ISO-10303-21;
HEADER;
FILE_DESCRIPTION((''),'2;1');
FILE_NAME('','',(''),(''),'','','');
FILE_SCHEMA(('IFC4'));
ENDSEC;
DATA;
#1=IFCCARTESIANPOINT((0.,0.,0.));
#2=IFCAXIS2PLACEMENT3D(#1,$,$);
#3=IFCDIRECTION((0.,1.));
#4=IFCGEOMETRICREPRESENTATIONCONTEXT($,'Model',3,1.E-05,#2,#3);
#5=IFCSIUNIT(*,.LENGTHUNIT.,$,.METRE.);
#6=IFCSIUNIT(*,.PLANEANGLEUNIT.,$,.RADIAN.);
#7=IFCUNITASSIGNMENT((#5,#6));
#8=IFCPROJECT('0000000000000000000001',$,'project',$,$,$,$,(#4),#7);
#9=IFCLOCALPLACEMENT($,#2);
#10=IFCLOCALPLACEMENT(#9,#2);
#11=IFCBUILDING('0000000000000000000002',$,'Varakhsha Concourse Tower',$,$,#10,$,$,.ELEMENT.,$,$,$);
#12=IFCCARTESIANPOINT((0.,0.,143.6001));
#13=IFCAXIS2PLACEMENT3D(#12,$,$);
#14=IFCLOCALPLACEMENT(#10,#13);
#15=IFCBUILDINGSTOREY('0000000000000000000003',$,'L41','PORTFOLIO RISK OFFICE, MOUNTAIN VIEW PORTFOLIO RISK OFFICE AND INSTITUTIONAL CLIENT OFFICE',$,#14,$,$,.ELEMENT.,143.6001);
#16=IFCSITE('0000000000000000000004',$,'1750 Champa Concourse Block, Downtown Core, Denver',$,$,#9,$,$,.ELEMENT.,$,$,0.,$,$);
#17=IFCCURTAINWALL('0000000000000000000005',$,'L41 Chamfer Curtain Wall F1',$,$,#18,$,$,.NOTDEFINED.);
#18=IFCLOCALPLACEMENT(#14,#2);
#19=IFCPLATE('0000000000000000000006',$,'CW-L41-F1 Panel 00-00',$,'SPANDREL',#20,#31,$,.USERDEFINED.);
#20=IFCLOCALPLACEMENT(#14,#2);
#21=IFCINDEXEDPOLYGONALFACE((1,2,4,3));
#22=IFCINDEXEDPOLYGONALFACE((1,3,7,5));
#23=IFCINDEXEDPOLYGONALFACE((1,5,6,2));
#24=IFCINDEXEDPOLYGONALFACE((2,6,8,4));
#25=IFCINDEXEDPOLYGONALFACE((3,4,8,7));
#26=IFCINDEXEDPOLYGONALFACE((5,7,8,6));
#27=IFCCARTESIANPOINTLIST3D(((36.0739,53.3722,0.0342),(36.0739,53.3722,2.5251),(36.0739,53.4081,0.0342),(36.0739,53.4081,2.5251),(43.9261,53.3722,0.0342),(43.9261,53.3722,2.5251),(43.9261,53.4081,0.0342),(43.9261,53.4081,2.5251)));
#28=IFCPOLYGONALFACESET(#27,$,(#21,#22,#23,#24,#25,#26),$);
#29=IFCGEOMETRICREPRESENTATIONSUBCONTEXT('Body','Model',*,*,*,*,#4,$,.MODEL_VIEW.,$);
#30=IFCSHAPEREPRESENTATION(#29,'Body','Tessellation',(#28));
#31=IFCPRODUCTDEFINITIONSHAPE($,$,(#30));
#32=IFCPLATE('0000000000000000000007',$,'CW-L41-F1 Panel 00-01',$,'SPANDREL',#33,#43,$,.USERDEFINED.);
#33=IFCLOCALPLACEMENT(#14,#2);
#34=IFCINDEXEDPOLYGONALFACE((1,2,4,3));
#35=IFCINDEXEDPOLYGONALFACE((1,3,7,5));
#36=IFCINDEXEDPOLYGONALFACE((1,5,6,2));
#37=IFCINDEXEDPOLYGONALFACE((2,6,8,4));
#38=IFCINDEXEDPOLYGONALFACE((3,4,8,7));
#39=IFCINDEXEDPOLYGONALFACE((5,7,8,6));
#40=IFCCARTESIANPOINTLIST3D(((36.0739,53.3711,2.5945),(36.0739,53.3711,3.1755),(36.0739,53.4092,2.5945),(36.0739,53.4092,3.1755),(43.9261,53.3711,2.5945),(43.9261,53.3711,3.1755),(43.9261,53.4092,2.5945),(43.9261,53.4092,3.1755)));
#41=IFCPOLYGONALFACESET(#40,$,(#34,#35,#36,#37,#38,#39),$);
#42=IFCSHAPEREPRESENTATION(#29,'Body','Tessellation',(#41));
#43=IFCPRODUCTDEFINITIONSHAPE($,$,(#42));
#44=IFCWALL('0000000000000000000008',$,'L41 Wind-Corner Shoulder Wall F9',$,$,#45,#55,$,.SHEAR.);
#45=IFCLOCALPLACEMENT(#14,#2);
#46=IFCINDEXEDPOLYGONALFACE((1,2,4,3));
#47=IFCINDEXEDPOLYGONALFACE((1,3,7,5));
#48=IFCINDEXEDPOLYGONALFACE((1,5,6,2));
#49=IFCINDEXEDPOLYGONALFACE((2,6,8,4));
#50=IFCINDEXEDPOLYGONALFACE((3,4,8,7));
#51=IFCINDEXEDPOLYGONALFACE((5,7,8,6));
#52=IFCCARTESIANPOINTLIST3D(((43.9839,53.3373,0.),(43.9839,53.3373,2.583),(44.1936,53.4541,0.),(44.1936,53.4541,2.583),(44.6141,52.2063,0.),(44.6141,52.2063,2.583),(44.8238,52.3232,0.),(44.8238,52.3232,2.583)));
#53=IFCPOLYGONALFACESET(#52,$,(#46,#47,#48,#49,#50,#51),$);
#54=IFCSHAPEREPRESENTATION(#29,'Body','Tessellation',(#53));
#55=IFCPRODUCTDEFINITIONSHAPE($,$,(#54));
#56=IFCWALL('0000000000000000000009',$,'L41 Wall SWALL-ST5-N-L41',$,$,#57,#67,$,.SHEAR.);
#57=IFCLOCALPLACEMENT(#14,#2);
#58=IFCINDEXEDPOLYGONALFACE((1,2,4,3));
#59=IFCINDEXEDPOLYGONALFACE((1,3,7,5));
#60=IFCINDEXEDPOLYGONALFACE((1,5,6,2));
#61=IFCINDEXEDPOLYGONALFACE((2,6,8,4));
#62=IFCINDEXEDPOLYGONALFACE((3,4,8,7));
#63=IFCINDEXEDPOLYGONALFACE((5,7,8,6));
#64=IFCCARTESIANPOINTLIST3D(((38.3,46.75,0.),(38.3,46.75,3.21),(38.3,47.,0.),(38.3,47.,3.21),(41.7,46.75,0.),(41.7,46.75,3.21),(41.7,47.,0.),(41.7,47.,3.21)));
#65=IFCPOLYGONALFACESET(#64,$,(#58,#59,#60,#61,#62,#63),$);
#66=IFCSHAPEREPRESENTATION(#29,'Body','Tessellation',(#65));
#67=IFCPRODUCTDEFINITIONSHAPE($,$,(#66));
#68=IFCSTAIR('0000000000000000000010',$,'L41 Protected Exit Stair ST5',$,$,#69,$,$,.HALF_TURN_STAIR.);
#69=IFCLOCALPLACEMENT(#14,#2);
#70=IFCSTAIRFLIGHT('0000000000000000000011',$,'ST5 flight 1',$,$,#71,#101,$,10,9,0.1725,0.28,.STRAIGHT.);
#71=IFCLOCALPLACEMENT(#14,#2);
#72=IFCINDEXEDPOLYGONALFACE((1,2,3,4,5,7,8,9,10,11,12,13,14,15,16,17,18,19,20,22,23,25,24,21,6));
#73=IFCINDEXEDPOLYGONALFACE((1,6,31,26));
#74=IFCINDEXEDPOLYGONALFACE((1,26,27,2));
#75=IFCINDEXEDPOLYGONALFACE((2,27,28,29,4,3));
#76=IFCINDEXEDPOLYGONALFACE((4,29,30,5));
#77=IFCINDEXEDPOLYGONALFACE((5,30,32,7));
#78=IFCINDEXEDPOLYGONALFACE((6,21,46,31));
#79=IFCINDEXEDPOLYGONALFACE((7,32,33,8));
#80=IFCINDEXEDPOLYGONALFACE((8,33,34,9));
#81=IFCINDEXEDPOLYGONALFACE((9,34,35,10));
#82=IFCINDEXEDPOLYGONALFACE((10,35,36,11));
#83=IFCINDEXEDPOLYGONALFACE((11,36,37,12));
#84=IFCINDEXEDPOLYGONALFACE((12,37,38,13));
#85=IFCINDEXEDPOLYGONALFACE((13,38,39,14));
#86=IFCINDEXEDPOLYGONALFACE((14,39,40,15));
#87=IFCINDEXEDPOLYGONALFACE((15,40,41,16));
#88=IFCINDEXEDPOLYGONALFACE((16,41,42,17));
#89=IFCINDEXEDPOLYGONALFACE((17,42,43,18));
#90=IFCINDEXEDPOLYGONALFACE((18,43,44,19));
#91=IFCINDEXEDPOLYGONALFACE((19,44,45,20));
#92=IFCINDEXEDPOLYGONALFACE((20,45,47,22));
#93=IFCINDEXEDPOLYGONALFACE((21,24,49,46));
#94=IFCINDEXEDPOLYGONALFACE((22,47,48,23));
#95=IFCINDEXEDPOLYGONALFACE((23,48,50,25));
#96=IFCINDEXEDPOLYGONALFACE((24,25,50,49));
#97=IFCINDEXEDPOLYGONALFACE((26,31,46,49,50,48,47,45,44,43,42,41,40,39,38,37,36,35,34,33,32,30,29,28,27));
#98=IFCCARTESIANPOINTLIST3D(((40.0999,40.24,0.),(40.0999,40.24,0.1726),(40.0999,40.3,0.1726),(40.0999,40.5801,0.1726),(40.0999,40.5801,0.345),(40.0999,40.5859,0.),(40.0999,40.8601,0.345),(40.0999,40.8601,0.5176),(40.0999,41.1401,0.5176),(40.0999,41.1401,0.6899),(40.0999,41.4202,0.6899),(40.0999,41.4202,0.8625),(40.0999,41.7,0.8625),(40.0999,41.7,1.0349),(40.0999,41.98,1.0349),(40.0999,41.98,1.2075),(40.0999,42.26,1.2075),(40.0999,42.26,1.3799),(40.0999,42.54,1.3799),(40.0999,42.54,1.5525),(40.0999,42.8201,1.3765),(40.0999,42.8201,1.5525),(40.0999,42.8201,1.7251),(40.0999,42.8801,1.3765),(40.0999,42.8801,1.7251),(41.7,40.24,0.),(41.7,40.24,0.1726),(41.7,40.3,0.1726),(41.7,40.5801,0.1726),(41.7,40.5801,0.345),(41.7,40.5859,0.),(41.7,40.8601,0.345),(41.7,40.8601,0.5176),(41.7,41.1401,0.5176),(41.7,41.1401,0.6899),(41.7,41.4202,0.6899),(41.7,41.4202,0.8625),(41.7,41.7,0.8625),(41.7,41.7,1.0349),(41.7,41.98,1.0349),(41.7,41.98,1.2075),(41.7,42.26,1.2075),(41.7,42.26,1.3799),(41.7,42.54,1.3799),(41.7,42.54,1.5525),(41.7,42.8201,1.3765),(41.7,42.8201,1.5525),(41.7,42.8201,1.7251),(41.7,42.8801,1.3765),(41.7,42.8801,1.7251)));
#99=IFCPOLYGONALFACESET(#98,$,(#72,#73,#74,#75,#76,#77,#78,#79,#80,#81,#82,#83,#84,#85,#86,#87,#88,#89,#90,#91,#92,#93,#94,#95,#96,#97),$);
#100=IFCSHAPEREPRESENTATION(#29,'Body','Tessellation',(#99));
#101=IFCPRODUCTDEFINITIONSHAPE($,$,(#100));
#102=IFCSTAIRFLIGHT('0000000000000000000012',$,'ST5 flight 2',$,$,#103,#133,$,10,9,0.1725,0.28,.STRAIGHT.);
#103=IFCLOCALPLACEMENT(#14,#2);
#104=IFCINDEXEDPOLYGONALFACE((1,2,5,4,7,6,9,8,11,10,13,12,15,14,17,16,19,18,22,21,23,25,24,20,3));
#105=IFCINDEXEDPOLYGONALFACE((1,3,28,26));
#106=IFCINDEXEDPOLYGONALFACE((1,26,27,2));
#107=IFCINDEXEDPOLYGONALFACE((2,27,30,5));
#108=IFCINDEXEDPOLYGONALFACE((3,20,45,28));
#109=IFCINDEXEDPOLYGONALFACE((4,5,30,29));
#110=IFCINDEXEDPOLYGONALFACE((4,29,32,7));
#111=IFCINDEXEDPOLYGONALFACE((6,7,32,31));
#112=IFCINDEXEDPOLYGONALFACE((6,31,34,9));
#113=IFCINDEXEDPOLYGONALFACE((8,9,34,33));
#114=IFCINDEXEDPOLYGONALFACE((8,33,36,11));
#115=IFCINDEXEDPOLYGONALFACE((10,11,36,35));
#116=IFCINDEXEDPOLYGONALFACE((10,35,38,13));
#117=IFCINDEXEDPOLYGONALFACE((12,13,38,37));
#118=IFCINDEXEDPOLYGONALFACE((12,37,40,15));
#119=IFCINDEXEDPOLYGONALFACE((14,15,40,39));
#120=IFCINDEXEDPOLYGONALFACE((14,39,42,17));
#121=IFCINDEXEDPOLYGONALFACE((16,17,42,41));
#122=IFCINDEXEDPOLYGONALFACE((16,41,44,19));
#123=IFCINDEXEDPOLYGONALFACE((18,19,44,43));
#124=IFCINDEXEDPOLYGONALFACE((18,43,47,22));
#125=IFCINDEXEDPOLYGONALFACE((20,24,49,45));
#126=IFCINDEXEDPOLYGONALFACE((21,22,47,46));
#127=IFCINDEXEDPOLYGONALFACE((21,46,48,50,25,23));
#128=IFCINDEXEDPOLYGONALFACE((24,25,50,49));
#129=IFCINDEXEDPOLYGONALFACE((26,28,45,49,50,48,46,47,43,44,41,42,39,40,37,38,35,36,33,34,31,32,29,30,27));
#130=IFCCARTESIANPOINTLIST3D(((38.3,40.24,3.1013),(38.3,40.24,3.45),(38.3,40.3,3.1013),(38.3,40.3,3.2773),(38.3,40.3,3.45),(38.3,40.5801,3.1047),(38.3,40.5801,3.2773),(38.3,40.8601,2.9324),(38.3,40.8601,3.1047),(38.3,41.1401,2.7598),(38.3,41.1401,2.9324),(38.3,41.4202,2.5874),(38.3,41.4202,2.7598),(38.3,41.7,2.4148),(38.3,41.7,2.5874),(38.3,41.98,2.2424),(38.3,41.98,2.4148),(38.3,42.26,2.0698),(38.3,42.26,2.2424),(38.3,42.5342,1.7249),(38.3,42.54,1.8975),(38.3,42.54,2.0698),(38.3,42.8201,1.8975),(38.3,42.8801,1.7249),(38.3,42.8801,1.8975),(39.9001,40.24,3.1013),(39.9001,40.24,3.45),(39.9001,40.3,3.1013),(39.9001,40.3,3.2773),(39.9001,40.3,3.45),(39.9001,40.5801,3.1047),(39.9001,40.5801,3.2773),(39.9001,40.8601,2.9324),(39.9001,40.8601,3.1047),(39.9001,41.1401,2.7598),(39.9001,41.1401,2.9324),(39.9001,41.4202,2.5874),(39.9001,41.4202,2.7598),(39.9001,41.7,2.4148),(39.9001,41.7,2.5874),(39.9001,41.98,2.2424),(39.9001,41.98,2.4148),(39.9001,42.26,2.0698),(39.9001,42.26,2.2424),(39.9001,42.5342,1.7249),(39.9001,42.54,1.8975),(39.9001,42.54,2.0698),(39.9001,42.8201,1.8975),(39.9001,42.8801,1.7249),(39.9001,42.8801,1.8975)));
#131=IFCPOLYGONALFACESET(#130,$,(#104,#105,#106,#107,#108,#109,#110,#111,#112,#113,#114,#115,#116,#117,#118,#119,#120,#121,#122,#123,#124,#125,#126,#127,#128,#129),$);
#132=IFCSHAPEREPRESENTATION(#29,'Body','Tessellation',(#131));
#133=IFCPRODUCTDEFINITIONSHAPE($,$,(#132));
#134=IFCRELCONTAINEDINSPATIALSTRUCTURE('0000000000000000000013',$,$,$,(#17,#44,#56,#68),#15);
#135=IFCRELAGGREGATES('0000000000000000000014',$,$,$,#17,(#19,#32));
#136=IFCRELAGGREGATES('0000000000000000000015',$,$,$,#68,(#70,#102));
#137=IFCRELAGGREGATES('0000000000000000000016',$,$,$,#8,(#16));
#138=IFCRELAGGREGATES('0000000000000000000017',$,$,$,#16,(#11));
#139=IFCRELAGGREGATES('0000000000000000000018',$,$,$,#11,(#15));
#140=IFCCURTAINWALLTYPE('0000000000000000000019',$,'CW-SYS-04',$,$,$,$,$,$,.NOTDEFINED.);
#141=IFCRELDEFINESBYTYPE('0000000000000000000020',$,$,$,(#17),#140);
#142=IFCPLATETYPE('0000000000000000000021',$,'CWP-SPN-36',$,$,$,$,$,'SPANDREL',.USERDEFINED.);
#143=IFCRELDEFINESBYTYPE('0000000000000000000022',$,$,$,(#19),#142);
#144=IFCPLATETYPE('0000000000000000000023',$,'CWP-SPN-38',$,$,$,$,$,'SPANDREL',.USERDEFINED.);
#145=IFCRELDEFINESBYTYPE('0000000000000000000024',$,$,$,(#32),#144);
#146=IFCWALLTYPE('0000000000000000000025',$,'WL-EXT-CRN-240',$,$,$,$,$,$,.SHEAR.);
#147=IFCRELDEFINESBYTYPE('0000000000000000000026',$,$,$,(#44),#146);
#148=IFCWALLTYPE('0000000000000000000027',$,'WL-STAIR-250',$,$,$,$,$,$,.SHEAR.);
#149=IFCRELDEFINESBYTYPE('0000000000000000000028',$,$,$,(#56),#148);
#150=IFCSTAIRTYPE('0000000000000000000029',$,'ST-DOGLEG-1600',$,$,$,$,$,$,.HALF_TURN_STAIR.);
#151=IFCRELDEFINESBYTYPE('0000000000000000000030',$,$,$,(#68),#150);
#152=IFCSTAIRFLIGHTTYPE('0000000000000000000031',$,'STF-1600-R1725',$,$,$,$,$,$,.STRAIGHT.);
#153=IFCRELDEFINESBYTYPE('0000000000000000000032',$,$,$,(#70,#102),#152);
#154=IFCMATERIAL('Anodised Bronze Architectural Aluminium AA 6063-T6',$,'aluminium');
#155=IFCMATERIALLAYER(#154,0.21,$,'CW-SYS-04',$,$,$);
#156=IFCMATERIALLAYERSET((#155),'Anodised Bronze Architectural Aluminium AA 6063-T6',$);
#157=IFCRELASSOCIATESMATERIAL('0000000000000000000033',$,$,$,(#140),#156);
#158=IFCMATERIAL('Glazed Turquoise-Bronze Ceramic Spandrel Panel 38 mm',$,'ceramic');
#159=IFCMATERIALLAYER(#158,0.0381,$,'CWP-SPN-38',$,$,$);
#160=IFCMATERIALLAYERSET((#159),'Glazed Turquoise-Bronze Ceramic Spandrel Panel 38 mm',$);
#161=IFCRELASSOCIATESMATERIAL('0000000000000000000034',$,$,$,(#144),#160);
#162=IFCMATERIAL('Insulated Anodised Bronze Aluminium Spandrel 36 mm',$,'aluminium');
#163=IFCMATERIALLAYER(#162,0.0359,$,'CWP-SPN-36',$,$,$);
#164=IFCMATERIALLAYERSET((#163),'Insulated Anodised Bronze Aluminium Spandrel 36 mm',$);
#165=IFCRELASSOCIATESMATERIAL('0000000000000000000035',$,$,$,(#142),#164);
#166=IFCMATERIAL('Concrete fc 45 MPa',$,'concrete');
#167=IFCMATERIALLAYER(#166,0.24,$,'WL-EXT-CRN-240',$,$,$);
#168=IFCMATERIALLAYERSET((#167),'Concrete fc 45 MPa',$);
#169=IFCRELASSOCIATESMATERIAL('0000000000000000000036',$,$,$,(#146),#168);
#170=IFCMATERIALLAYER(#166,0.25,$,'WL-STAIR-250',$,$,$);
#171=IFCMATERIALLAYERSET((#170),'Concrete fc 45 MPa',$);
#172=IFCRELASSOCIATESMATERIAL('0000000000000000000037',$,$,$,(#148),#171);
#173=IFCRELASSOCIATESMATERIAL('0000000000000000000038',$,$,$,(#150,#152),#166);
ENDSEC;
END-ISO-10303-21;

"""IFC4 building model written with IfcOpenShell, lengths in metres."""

from ifc_helpers import new_model, si_unit, direction, frame, frame_2d, origin, origin_2d, place, context, subcontext, project, spatial, polyline, rectangle, outline, extrude, source, transform, mapped, material, layer, layer_set, type_object, type_shapes, element, aggregate, save


model = new_model("IFC4")

# Units and contexts
model_context = context("Model", 3, precision=1e-05, world=origin(), true_north=direction((0.0, 1.0)))
body_context = subcontext(model_context, "Body", "Model", "MODEL_VIEW")
ifc_project = project(units=[si_unit("LENGTHUNIT", "METRE"), si_unit("PLANEANGLEUNIT", "RADIAN")], contexts=[model_context])

# Site, building, storey
site_placement = place(None, origin())
site = spatial("IfcSite", under=ifc_project, at=site_placement, Name="1750 Champa Concourse Block, Downtown Core, Denver", CompositionType="ELEMENT", RefElevation=0.0)
building_placement = place(site_placement, origin())
building = spatial("IfcBuilding", under=site, at=building_placement, Name="Varakhsha Concourse Tower", CompositionType="ELEMENT")
storey_placement = place(building_placement, frame((0.0, 0.0, 143.6001)))
storey = spatial("IfcBuildingStorey", under=building, at=storey_placement, Name="L41", Description="PORTFOLIO RISK OFFICE, MOUNTAIN VIEW PORTFOLIO RISK OFFICE AND INSTITUTIONAL CLIENT OFFICE", CompositionType="ELEMENT", Elevation=143.6001)

# Curtain wall
ifc_material_1 = material(Name="Anodised Bronze Architectural Aluminium AA 6063-T6", Category="aluminium")
ifc_layer_1 = layer(ifc_material_1, 0.21, Name="CW-SYS-04")
ifc_layer_set_1 = layer_set([ifc_layer_1], Name="Anodised Bronze Architectural Aluminium AA 6063-T6")
curtain_wall_type = type_object("IfcCurtainWallType", Name="CW-SYS-04", PredefinedType="NOTDEFINED", material=ifc_layer_set_1)
curtain_wall_1_placement = place(storey_placement, origin())
curtain_wall_1 = element("IfcCurtainWall", 1, at=curtain_wall_1_placement, inside=storey, type_object=curtain_wall_type, Name="L41 Chamfer Curtain Wall F1", PredefinedType="NOTDEFINED")

# Plates
ifc_material_2 = material(Name="Glazed Turquoise-Bronze Ceramic Spandrel Panel 38 mm", Category="ceramic")
ifc_layer_2 = layer(ifc_material_2, 0.0381, Name="CWP-SPN-38")
ifc_layer_set_2 = layer_set([ifc_layer_2], Name="Glazed Turquoise-Bronze Ceramic Spandrel Panel 38 mm")
plate_type_1 = type_object("IfcPlateType", Name="CWP-SPN-38", ElementType="SPANDREL", PredefinedType="USERDEFINED", material=ifc_layer_set_2)
ifc_material_3 = material(Name="Insulated Anodised Bronze Aluminium Spandrel 36 mm", Category="aluminium")
ifc_layer_3 = layer(ifc_material_3, 0.0359, Name="CWP-SPN-36")
ifc_layer_set_3 = layer_set([ifc_layer_3], Name="Insulated Anodised Bronze Aluminium Spandrel 36 mm")
plate_type_2 = type_object("IfcPlateType", Name="CWP-SPN-36", ElementType="SPANDREL", PredefinedType="USERDEFINED", material=ifc_layer_set_3)
shared_shape_1 = source(origin(), body_context, "Body", "SweptSolid", [
    extrude(rectangle(XDim=7.8523, YDim=0.0359, at=origin_2d()), origin(), (0.0, 0.0, 1.0), 2.491),
])
type_shapes(plate_type_2, [shared_shape_1])
plate_1_placement = place(storey_placement, frame((40.0, 53.3901, 0.0342), z_axis=(0.0, 0.0, 1.0), x_axis=(1.0, 0.0, 0.0)))
plate_1 = element("IfcPlate", 2, at=plate_1_placement, type_object=plate_type_2, Name="CW-L41-F1 Panel 00-00", ObjectType="SPANDREL", PredefinedType="USERDEFINED", context=body_context, shape_type="MappedRepresentation", body=[
    mapped(shared_shape_1, transform((0.0, 0.0, 0.0), scale=1.0)),
])
shared_shape_2 = source(origin(), body_context, "Body", "SweptSolid", [
    extrude(rectangle(XDim=7.8523, YDim=0.0381, at=origin_2d()), origin(), (0.0, 0.0, 1.0), 0.5811),
])
plate_2_placement = place(storey_placement, frame((40.0, 53.3901, 2.5945), z_axis=(0.0, 0.0, 1.0), x_axis=(1.0, 0.0, 0.0)))
plate_2 = element("IfcPlate", 3, at=plate_2_placement, type_object=plate_type_1, Name="CW-L41-F1 Panel 00-01", ObjectType="SPANDREL", PredefinedType="USERDEFINED", context=body_context, shape_type="MappedRepresentation", body=[
    mapped(shared_shape_2, transform((0.0, 0.0, 0.0), scale=1.0)),
])
aggregate(curtain_wall_1, [plate_1, plate_2])

# Walls
ifc_material_4 = material(Name="Concrete fc 45 MPa", Category="concrete")
ifc_layer_4 = layer(ifc_material_4, 0.24, Name="WL-EXT-CRN-240")
ifc_layer_set_4 = layer_set([ifc_layer_4], Name="Concrete fc 45 MPa")
wall_type_1 = type_object("IfcWallType", Name="WL-EXT-CRN-240", PredefinedType="SHEAR", material=ifc_layer_set_4)
wall_1_placement = place(storey_placement, frame((44.719, 52.2646, 0.0), z_axis=(0.0, 0.0, 1.0), x_axis=(-0.486747, 0.873543, 0.0)))
element("IfcWall", 4, at=wall_1_placement, inside=storey, type_object=wall_type_1, Name="L41 Wind-Corner Shoulder Wall F9", PredefinedType="SHEAR", context=body_context, shape_type="SweptSolid", body=[
    extrude(rectangle(XDim=1.2947, YDim=0.24, at=frame_2d((0.6475, 0.0))), origin(), (0.0, 0.0, 1.0), 2.583),
])
ifc_layer_5 = layer(ifc_material_4, 0.25, Name="WL-STAIR-250")
ifc_layer_set_5 = layer_set([ifc_layer_5], Name="Concrete fc 45 MPa")
wall_type_2 = type_object("IfcWallType", Name="WL-STAIR-250", PredefinedType="SHEAR", material=ifc_layer_set_5)
wall_2_placement = place(storey_placement, frame((38.3, 46.875, 0.0), z_axis=(0.0, 0.0, 1.0), x_axis=(1.0, 0.0, 0.0)))
element("IfcWall", 5, at=wall_2_placement, inside=storey, type_object=wall_type_2, Name="L41 Wall SWALL-ST5-N-L41", PredefinedType="SHEAR", context=body_context, shape_type="SweptSolid", body=[
    extrude(rectangle(XDim=3.3999, YDim=0.25, at=frame_2d((1.7, 0.0))), origin(), (0.0, 0.0, 1.0), 3.21),
])

# Stair, stair flights
stair_type = type_object("IfcStairType", Name="ST-DOGLEG-1600", PredefinedType="HALF_TURN_STAIR", material=ifc_material_4)
stair_placement = place(storey_placement, origin())
stair = element("IfcStair", 6, at=stair_placement, inside=storey, type_object=stair_type, Name="L41 Protected Exit Stair ST5", PredefinedType="HALF_TURN_STAIR")
stair_flight_type = type_object("IfcStairFlightType", Name="STF-1600-R1725", PredefinedType="STRAIGHT", material=ifc_material_4)
stair_flight_1_placement = place(storey_placement, frame((40.8999, 40.3, 0.0), z_axis=(0.0, 0.0, 1.0), x_axis=(0.0, 1.0, 0.0)))
stair_flight_1 = element("IfcStairFlight", 7, at=stair_flight_1_placement, type_object=stair_flight_type, Name="ST5 flight 1", NumberOfRisers=10, NumberOfTreads=9, PredefinedType="STRAIGHT", RiserHeight=0.1725, TreadLength=0.28, context=body_context, shape_type="SweptSolid", body=[
    extrude(outline(polyline([(-0.0601, 0.0), (-0.0601, 0.1726), (0.0, 0.1726), (0.28, 0.1726), (0.28, 0.345), (0.5601, 0.345), (0.5601, 0.5176), (0.8401, 0.5176), (0.8401, 0.6899), (1.1201, 0.6899), (1.1201, 0.8625), (1.3999, 0.8625), (1.3999, 1.0349), (1.6799, 1.0349), (1.6799, 1.2075), (1.96, 1.2075), (1.96, 1.3799), (2.24, 1.3799), (2.24, 1.5525), (2.52, 1.5525), (2.52, 1.7251), (2.5801, 1.7251), (2.5801, 1.3765), (2.52, 1.3765), (0.2859, 0.0), (-0.0601, 0.0)])), frame((0.0, 0.8, 0.0), z_axis=(0.0, -1.0, 0.0), x_axis=(1.0, 0.0, 0.0)), (0.0, 0.0, 1.0), 1.6001),
])
stair_flight_2_placement = place(storey_placement, frame((39.1001, 42.8201, 1.7249), z_axis=(0.0, 0.0, 1.0), x_axis=(0.0, -1.0, 0.0)))
stair_flight_2 = element("IfcStairFlight", 8, at=stair_flight_2_placement, type_object=stair_flight_type, Name="ST5 flight 2", NumberOfRisers=10, NumberOfTreads=9, PredefinedType="STRAIGHT", RiserHeight=0.1725, TreadLength=0.28, context=body_context, shape_type="SweptSolid", body=[
    extrude(outline(polyline([(-0.0601, 0.0), (-0.0601, 0.1726), (0.0, 0.1726), (0.28, 0.1726), (0.28, 0.345), (0.5601, 0.345), (0.5601, 0.5176), (0.8401, 0.5176), (0.8401, 0.6899), (1.1201, 0.6899), (1.1201, 0.8625), (1.3999, 0.8625), (1.3999, 1.0349), (1.6799, 1.0349), (1.6799, 1.2075), (1.96, 1.2075), (1.96, 1.3799), (2.24, 1.3799), (2.24, 1.5525), (2.52, 1.5525), (2.52, 1.7251), (2.5801, 1.7251), (2.5801, 1.3765), (2.52, 1.3765), (0.2859, 0.0), (-0.0601, 0.0)])), frame((0.0, 0.8, 0.0), z_axis=(0.0, -1.0, 0.0), x_axis=(1.0, 0.0, 0.0)), (0.0, 0.0, 1.0), 1.6001),
])
aggregate(stair, [stair_flight_1, stair_flight_2])

save(model, "model.ifc")
